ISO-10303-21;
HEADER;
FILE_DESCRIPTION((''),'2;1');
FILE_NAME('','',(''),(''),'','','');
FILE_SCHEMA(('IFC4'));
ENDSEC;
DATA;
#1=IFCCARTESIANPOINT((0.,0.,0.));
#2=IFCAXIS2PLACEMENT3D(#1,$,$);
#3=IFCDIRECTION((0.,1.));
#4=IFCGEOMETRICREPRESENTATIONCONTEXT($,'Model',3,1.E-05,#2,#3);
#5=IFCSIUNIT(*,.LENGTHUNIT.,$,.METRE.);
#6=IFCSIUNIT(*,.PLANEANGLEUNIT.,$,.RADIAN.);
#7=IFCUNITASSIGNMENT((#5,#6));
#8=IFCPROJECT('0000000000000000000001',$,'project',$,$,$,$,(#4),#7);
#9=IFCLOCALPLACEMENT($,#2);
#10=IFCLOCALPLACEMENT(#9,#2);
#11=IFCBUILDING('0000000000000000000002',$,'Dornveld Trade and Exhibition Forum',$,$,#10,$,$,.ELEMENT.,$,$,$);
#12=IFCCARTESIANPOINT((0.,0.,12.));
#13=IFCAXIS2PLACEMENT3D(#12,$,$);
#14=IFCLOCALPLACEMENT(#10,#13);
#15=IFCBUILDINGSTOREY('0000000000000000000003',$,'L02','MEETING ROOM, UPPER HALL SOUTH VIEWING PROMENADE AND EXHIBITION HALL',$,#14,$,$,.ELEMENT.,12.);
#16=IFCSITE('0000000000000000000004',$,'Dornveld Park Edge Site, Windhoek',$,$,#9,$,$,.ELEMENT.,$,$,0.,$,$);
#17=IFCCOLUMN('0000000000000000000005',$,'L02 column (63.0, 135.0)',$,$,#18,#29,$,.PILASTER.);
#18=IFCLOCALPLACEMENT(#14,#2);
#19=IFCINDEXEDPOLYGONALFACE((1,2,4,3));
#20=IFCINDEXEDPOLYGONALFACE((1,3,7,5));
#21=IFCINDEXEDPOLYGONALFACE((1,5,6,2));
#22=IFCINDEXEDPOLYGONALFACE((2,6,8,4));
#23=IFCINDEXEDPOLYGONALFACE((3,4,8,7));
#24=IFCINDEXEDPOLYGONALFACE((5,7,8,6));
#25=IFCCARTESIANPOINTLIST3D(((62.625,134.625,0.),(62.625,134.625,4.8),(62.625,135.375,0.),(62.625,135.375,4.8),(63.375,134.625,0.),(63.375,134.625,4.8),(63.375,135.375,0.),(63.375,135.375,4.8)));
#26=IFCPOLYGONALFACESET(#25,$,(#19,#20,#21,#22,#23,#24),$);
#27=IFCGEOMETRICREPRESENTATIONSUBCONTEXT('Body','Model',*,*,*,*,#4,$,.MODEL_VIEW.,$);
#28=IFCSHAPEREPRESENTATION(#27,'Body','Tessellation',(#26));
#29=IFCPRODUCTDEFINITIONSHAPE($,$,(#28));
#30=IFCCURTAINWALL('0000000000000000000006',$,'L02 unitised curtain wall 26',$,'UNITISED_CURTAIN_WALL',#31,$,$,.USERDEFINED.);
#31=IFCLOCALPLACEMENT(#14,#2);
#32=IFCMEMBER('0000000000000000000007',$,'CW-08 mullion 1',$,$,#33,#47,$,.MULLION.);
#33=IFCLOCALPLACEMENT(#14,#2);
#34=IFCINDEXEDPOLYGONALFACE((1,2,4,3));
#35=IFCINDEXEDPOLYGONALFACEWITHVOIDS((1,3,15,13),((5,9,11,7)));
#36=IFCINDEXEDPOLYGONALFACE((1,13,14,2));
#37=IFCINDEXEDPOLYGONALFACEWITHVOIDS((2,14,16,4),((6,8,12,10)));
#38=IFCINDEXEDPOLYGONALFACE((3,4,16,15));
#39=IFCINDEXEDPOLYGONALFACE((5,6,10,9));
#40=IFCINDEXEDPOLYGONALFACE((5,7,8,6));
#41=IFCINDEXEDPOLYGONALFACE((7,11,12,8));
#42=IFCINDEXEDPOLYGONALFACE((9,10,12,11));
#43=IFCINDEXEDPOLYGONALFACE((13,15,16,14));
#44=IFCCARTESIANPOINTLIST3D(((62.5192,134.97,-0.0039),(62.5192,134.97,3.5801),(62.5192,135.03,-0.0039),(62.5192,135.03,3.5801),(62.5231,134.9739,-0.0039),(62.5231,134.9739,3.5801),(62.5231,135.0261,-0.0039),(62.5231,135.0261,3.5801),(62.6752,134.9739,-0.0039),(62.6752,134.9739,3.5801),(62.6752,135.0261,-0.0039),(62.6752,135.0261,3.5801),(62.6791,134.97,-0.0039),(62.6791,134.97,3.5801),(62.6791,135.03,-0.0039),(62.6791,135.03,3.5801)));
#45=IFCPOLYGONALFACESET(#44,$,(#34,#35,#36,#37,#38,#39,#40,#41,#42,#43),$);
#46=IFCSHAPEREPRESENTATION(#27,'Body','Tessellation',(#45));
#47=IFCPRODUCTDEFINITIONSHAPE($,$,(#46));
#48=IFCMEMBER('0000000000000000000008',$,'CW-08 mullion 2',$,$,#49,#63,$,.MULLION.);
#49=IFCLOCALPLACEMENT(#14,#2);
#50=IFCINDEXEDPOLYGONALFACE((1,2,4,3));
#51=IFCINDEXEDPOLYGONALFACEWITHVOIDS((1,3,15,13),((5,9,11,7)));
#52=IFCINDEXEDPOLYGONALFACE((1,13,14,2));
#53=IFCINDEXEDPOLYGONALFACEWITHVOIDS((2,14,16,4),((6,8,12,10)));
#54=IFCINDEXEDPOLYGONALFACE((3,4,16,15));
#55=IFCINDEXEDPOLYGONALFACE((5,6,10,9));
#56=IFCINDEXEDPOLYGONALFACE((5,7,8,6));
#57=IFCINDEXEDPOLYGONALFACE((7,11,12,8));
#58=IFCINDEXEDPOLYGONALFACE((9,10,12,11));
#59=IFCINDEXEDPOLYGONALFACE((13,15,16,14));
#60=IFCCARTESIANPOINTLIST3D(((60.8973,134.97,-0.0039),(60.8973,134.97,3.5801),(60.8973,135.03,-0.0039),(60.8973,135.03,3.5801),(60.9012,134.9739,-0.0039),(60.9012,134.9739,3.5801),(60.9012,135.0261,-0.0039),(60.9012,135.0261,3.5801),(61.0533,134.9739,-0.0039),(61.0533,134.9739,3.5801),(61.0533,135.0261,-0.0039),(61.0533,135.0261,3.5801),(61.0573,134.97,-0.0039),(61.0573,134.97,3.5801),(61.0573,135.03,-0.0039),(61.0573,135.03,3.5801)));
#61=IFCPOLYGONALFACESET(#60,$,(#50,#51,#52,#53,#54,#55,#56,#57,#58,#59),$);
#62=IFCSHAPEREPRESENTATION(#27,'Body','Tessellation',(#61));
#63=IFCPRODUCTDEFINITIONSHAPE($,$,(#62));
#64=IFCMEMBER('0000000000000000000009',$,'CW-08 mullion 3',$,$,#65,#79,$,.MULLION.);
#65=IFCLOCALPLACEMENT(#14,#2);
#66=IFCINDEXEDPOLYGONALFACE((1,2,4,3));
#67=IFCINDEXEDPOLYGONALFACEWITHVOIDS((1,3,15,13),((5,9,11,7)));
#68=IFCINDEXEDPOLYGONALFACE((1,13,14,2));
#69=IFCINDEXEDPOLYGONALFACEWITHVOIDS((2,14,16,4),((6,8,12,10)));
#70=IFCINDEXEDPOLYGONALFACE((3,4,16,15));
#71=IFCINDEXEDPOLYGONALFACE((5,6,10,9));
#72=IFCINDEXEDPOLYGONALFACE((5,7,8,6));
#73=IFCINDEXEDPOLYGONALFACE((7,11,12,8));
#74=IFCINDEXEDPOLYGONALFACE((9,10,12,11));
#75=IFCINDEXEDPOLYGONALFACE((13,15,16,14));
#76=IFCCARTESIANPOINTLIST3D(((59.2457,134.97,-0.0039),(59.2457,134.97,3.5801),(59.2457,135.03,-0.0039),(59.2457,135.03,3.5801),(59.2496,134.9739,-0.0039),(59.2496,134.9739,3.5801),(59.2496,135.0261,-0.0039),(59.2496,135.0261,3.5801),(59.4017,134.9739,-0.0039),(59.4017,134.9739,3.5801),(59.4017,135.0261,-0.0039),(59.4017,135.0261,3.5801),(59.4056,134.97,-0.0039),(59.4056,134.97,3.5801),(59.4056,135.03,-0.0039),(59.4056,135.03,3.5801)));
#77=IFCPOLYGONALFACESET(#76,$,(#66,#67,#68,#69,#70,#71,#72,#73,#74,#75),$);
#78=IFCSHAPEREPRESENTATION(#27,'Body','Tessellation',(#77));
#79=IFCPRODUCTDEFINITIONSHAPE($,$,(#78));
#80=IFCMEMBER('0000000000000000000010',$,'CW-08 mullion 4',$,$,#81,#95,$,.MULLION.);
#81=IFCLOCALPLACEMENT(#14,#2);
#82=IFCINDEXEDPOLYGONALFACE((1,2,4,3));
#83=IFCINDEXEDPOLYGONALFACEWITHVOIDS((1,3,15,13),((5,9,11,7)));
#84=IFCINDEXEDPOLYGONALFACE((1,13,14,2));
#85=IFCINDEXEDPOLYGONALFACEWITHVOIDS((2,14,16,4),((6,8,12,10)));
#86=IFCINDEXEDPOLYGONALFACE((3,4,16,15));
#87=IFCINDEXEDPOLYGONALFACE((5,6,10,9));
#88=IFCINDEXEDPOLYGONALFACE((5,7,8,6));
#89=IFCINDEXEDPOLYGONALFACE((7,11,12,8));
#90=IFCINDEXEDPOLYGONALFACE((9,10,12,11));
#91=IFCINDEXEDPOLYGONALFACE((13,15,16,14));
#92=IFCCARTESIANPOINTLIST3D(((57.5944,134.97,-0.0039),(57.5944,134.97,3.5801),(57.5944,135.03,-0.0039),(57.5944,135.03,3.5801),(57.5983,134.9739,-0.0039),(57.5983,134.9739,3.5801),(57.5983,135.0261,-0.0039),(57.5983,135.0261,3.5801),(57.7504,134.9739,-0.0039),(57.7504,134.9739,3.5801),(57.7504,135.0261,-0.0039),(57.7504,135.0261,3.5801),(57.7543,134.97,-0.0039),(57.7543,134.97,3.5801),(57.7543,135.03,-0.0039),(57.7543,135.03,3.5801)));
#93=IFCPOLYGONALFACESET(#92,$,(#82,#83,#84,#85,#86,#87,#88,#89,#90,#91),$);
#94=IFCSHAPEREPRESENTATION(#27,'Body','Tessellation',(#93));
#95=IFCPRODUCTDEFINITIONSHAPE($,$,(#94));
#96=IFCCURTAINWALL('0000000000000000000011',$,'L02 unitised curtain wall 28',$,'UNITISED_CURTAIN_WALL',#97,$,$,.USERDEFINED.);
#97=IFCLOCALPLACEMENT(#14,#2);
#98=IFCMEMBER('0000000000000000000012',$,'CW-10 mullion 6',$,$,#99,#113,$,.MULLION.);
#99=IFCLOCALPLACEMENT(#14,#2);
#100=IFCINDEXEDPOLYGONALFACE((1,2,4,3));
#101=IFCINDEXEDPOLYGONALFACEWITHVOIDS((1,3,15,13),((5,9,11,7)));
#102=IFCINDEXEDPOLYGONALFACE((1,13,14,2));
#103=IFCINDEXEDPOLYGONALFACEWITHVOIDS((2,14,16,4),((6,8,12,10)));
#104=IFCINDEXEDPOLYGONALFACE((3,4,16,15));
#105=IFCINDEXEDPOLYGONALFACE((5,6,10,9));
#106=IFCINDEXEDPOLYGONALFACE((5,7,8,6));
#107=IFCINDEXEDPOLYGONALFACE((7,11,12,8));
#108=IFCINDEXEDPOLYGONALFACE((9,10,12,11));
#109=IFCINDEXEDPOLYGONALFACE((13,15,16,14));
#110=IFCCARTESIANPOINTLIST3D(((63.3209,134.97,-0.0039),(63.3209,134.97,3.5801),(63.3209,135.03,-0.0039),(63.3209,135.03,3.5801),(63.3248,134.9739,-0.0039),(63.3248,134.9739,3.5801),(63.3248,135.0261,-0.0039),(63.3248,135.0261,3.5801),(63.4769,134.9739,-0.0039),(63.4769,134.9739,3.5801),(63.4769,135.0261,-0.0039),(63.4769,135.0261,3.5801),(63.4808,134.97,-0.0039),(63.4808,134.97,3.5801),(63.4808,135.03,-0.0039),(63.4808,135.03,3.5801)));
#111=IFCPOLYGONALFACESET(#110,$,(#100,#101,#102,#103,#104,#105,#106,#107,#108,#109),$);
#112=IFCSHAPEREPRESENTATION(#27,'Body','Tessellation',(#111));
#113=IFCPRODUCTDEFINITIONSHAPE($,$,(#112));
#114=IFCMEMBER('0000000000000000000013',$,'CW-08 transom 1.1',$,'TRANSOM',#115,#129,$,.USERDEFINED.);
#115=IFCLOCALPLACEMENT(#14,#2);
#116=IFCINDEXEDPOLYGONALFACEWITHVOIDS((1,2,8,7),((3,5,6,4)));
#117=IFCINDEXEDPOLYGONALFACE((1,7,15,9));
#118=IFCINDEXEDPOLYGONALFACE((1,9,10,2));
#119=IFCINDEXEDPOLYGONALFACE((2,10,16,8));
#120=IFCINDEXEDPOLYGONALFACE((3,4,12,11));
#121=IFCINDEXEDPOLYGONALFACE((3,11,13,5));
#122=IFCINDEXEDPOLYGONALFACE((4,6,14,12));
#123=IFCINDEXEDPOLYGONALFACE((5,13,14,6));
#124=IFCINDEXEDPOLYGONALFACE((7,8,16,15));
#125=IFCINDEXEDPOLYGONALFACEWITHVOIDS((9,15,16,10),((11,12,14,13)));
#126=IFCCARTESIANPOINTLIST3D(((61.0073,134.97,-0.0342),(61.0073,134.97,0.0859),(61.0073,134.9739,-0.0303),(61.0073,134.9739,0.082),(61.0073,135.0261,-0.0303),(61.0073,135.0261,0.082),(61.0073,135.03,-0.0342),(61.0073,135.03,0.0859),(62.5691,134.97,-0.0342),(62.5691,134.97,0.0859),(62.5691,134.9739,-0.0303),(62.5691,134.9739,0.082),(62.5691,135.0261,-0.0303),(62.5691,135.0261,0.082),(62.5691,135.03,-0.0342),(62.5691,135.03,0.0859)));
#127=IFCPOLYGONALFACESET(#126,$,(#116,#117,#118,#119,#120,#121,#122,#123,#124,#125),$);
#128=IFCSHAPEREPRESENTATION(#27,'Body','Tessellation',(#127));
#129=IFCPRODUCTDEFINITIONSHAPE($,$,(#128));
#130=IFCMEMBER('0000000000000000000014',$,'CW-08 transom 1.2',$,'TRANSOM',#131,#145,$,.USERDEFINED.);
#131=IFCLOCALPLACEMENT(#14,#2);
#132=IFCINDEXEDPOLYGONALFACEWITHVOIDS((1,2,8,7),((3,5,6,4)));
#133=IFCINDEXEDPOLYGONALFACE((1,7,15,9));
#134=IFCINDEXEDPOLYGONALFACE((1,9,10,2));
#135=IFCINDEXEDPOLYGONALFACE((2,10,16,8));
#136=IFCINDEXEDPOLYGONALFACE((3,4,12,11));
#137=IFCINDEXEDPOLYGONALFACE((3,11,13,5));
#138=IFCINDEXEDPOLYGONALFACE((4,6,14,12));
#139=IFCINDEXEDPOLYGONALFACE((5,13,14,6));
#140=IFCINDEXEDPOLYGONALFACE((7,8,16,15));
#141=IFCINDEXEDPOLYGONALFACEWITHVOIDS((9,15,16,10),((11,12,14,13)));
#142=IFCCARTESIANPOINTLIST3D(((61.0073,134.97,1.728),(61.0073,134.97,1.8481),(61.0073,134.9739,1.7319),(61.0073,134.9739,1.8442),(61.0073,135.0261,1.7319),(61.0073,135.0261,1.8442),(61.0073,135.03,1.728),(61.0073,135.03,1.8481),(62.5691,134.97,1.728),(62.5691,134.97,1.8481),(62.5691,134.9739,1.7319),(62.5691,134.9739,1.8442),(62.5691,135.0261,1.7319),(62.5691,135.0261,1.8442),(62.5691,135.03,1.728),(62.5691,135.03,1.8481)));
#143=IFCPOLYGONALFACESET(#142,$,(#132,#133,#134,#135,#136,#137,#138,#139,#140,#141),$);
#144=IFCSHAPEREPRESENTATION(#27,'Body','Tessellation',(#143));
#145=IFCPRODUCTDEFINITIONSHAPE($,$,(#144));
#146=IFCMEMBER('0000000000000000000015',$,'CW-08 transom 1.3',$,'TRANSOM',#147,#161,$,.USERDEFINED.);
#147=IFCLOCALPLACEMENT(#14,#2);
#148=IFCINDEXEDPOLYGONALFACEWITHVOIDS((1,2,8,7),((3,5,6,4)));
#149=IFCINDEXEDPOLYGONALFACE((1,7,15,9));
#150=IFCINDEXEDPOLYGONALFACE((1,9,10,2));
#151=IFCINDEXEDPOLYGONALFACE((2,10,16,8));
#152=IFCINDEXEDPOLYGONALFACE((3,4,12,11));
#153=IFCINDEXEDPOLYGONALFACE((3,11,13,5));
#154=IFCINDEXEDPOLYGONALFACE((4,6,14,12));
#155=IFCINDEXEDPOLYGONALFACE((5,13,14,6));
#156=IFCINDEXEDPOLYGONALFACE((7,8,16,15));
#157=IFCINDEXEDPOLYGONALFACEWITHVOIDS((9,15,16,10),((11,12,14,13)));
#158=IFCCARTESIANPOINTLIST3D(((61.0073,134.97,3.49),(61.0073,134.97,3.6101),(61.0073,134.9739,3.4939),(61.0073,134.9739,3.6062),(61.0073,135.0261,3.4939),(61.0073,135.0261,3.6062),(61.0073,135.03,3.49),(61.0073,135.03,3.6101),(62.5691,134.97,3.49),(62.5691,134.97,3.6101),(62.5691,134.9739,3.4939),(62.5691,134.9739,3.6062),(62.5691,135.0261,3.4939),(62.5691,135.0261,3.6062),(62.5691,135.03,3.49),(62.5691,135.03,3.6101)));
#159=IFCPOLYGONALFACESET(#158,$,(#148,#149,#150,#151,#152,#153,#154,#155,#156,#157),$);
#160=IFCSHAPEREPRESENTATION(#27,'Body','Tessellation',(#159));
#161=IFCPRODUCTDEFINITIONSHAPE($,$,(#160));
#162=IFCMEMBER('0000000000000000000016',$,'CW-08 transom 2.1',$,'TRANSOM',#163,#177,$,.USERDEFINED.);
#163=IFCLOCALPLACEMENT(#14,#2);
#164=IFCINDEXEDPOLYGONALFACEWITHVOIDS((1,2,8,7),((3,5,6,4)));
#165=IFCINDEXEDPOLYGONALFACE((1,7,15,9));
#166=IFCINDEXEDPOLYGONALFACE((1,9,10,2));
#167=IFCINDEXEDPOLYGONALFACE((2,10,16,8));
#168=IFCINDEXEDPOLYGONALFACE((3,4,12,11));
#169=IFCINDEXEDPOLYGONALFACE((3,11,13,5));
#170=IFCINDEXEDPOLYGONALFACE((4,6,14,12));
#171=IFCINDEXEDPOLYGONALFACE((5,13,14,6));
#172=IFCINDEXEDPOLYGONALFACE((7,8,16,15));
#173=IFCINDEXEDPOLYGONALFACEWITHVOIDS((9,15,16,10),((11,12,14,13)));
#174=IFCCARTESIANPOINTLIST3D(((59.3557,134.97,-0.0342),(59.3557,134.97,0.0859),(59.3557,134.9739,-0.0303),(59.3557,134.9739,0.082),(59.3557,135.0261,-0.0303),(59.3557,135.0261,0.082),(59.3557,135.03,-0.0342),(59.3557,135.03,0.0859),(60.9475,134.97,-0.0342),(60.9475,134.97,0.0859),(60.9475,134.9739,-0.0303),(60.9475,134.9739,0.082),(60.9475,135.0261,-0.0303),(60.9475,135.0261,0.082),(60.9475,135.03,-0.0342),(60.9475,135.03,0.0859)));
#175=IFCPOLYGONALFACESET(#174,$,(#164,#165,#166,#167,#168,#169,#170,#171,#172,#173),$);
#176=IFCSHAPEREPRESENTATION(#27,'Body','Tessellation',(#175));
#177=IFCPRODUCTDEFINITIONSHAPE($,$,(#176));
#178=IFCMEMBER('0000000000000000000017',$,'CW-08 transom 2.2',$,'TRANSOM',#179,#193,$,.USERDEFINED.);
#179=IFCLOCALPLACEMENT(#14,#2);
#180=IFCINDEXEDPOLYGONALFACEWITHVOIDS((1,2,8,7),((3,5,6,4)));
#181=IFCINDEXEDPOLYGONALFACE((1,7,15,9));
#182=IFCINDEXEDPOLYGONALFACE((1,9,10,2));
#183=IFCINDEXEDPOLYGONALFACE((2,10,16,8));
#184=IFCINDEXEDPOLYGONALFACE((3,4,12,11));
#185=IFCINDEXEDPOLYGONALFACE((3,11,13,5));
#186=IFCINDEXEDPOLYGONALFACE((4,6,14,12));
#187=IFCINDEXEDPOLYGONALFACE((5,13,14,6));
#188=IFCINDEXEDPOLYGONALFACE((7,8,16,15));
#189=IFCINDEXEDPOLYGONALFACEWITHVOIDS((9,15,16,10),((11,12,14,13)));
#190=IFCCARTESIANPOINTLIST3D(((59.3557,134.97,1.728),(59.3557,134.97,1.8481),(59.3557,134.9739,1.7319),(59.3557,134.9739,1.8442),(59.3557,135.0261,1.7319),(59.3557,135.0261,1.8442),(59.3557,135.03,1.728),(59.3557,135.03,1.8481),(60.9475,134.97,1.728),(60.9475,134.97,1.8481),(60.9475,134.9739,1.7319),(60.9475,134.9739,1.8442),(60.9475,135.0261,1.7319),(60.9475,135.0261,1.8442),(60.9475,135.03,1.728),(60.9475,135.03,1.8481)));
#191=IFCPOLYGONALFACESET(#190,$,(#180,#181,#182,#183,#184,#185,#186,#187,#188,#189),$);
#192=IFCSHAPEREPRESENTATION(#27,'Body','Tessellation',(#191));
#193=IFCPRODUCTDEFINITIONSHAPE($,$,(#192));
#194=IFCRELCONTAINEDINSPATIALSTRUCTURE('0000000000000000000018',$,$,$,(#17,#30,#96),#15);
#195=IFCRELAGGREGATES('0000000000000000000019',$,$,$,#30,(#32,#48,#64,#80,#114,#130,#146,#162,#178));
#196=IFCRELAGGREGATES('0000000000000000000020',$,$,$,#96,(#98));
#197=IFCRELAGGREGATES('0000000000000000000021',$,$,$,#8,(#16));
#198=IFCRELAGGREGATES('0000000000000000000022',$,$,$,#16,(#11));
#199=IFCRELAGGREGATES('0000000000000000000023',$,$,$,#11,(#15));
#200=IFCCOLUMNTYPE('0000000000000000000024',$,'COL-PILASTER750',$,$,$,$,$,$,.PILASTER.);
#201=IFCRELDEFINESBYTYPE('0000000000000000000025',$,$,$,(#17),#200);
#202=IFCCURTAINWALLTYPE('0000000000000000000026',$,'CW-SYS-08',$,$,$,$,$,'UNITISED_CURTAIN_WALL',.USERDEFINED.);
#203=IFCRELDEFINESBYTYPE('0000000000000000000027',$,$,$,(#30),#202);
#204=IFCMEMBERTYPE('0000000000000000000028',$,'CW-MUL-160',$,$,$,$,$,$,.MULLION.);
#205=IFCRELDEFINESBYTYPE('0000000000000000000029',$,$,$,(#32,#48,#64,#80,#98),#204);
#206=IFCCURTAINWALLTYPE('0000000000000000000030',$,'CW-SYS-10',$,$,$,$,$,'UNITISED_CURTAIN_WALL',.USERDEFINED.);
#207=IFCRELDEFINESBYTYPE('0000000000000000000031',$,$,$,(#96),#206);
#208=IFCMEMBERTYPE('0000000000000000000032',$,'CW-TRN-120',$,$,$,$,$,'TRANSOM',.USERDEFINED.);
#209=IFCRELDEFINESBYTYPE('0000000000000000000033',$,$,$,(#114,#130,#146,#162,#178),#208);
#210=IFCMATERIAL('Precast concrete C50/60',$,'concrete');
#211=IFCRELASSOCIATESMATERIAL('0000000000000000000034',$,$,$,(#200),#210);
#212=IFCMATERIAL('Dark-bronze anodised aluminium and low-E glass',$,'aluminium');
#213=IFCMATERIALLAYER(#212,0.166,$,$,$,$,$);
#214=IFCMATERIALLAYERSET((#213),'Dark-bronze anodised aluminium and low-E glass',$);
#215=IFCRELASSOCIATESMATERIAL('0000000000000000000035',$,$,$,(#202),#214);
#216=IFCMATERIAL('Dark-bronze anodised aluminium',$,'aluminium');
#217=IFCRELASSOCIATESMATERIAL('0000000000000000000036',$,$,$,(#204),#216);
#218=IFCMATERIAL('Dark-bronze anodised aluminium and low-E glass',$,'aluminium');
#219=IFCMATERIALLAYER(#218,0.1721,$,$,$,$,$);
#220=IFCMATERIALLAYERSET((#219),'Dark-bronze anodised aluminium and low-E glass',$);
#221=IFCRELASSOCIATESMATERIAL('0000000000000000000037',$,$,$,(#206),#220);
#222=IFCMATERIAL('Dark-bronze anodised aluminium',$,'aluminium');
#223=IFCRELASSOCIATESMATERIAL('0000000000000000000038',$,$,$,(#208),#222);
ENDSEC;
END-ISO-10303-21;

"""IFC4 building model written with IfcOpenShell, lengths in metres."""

from ifc_helpers import new_model, si_unit, direction, frame, origin, origin_2d, place, context, subcontext, project, spatial, rectangle, hollow_rectangle, extrude, material, layer, layer_set, material_profile, profile_set, type_object, element, aggregate, save


model = new_model("IFC4")

# Units and contexts
model_context = context("Model", 3, precision=1e-05, world=origin(), true_north=direction((0.0, 1.0)))
body_context = subcontext(model_context, "Body", "Model", "MODEL_VIEW")
ifc_project = project(units=[si_unit("LENGTHUNIT", "METRE"), si_unit("PLANEANGLEUNIT", "RADIAN")], contexts=[model_context])

# Site, building, storey
site_placement = place(None, origin())
site = spatial("IfcSite", under=ifc_project, at=site_placement, Name="Dornveld Park Edge Site, Windhoek", CompositionType="ELEMENT", RefElevation=0.0)
building_placement = place(site_placement, origin())
building = spatial("IfcBuilding", under=site, at=building_placement, Name="Dornveld Trade and Exhibition Forum", CompositionType="ELEMENT")
storey_placement = place(building_placement, frame((0.0, 0.0, 12.0)))
storey = spatial("IfcBuildingStorey", under=building, at=storey_placement, Name="L02", Description="MEETING ROOM, UPPER HALL SOUTH VIEWING PROMENADE AND EXHIBITION HALL", CompositionType="ELEMENT", Elevation=12.0)

# Column
ifc_material_1 = material(Name="Precast concrete C50/60", Category="concrete")
ifc_material_profile_1 = material_profile(ifc_material_1, rectangle(XDim=0.75, YDim=0.75, at=origin_2d()), Name="PC-COL 750x750")
ifc_profile_set_1 = profile_set([ifc_material_profile_1], Name="Precast concrete C50/60")
column_type = type_object("IfcColumnType", Name="COL-PILASTER750", PredefinedType="PILASTER", material=ifc_profile_set_1)
column_placement = place(storey_placement, frame((63.0, 135.0, 0.0), z_axis=(0.0, 0.0, 1.0), x_axis=(1.0, 0.0, 0.0)))
element("IfcColumn", 1, at=column_placement, inside=storey, type_object=column_type, Name="L02 column (63.0, 135.0)", PredefinedType="PILASTER", context=body_context, shape_type="SweptSolid", body=[
    extrude(rectangle(XDim=0.75, YDim=0.75, at=origin_2d()), origin(), (0.0, 0.0, 1.0), 4.8),
])

# Curtain wall, members
ifc_material_2 = material(Name="Dark-bronze anodised aluminium and low-E glass", Category="aluminium")
ifc_layer_1 = layer(ifc_material_2, 0.166)
ifc_layer_set_1 = layer_set([ifc_layer_1], Name="Dark-bronze anodised aluminium and low-E glass")
curtain_wall_type_1 = type_object("IfcCurtainWallType", Name="CW-SYS-08", ElementType="UNITISED_CURTAIN_WALL", PredefinedType="USERDEFINED", material=ifc_layer_set_1)
curtain_wall_1_placement = place(storey_placement, origin())
curtain_wall_1 = element("IfcCurtainWall", 2, at=curtain_wall_1_placement, inside=storey, type_object=curtain_wall_type_1, Name="L02 unitised curtain wall 26", ObjectType="UNITISED_CURTAIN_WALL", PredefinedType="USERDEFINED")
ifc_material_3 = material(Name="Dark-bronze anodised aluminium", Category="aluminium")
ifc_material_profile_2 = material_profile(ifc_material_3, hollow_rectangle(XDim=0.0601, YDim=0.1599, WallThickness=0.0039, at=origin_2d()), Name="RHS 160x60x4")
ifc_profile_set_2 = profile_set([ifc_material_profile_2], Name="Dark-bronze anodised aluminium")
member_type_1 = type_object("IfcMemberType", Name="CW-MUL-160", PredefinedType="MULLION", material=ifc_profile_set_2)
member_1_placement = place(storey_placement, frame((62.5991, 135.0, -0.0039), z_axis=(0.0, 0.0, 1.0), x_axis=(0.0, -1.0, 0.0)))
member_1 = element("IfcMember", 3, at=member_1_placement, type_object=member_type_1, Name="CW-08 mullion 1", PredefinedType="MULLION", context=body_context, shape_type="SweptSolid", body=[
    extrude(hollow_rectangle(XDim=0.0601, YDim=0.1599, WallThickness=0.0039, at=origin_2d()), origin(), (0.0, 0.0, 1.0), 3.584),
])
member_2_placement = place(storey_placement, frame((60.9773, 135.0, -0.0039), z_axis=(0.0, 0.0, 1.0), x_axis=(0.0, -1.0, 0.0)))
member_2 = element("IfcMember", 4, at=member_2_placement, type_object=member_type_1, Name="CW-08 mullion 2", PredefinedType="MULLION", context=body_context, shape_type="SweptSolid", body=[
    extrude(hollow_rectangle(XDim=0.0601, YDim=0.1599, WallThickness=0.0039, at=origin_2d()), origin(), (0.0, 0.0, 1.0), 3.584),
])
member_3_placement = place(storey_placement, frame((59.3257, 135.0, -0.0039), z_axis=(0.0, 0.0, 1.0), x_axis=(0.0, -1.0, 0.0)))
member_3 = element("IfcMember", 5, at=member_3_placement, type_object=member_type_1, Name="CW-08 mullion 3", PredefinedType="MULLION", context=body_context, shape_type="SweptSolid", body=[
    extrude(hollow_rectangle(XDim=0.0601, YDim=0.1599, WallThickness=0.0039, at=origin_2d()), origin(), (0.0, 0.0, 1.0), 3.584),
])
member_4_placement = place(storey_placement, frame((57.6743, 135.0, -0.0039), z_axis=(0.0, 0.0, 1.0), x_axis=(0.0, -1.0, 0.0)))
member_4 = element("IfcMember", 6, at=member_4_placement, type_object=member_type_1, Name="CW-08 mullion 4", PredefinedType="MULLION", context=body_context, shape_type="SweptSolid", body=[
    extrude(hollow_rectangle(XDim=0.0601, YDim=0.1599, WallThickness=0.0039, at=origin_2d()), origin(), (0.0, 0.0, 1.0), 3.584),
])

# Curtain wall, member
ifc_material_4 = material(Name="Dark-bronze anodised aluminium and low-E glass", Category="aluminium")
ifc_layer_2 = layer(ifc_material_4, 0.1721)
ifc_layer_set_2 = layer_set([ifc_layer_2], Name="Dark-bronze anodised aluminium and low-E glass")
curtain_wall_type_2 = type_object("IfcCurtainWallType", Name="CW-SYS-10", ElementType="UNITISED_CURTAIN_WALL", PredefinedType="USERDEFINED", material=ifc_layer_set_2)
curtain_wall_2_placement = place(storey_placement, origin())
curtain_wall_2 = element("IfcCurtainWall", 7, at=curtain_wall_2_placement, inside=storey, type_object=curtain_wall_type_2, Name="L02 unitised curtain wall 28", ObjectType="UNITISED_CURTAIN_WALL", PredefinedType="USERDEFINED")
member_5_placement = place(storey_placement, frame((63.4009, 135.0, -0.0039), z_axis=(0.0, 0.0, 1.0), x_axis=(0.0, -1.0, 0.0)))
member_5 = element("IfcMember", 8, at=member_5_placement, type_object=member_type_1, Name="CW-10 mullion 6", PredefinedType="MULLION", context=body_context, shape_type="SweptSolid", body=[
    extrude(hollow_rectangle(XDim=0.0601, YDim=0.1599, WallThickness=0.0039, at=origin_2d()), origin(), (0.0, 0.0, 1.0), 3.584),
])

# Members
ifc_material_5 = material(Name="Dark-bronze anodised aluminium", Category="aluminium")
ifc_material_profile_3 = material_profile(ifc_material_5, hollow_rectangle(XDim=0.0601, YDim=0.1201, WallThickness=0.0039, at=origin_2d()), Name="RHS 120x60x4")
ifc_profile_set_3 = profile_set([ifc_material_profile_3], Name="Dark-bronze anodised aluminium")
member_type_2 = type_object("IfcMemberType", Name="CW-TRN-120", ElementType="TRANSOM", PredefinedType="USERDEFINED", material=ifc_profile_set_3)
member_6_placement = place(storey_placement, frame((62.5691, 135.0, 0.0259), z_axis=(-1.0, 0.0, 0.0), x_axis=(0.0, -1.0, 0.0)))
member_6 = element("IfcMember", 9, at=member_6_placement, type_object=member_type_2, Name="CW-08 transom 1.1", ObjectType="TRANSOM", PredefinedType="USERDEFINED", context=body_context, shape_type="SweptSolid", body=[
    extrude(hollow_rectangle(XDim=0.0601, YDim=0.1201, WallThickness=0.0039, at=origin_2d()), origin(), (0.0, 0.0, 1.0), 1.5618),
])
member_7_placement = place(storey_placement, frame((62.5691, 135.0, 1.7881), z_axis=(-1.0, 0.0, 0.0), x_axis=(0.0, -1.0, 0.0)))
member_7 = element("IfcMember", 10, at=member_7_placement, type_object=member_type_2, Name="CW-08 transom 1.2", ObjectType="TRANSOM", PredefinedType="USERDEFINED", context=body_context, shape_type="SweptSolid", body=[
    extrude(hollow_rectangle(XDim=0.0601, YDim=0.1201, WallThickness=0.0039, at=origin_2d()), origin(), (0.0, 0.0, 1.0), 1.5618),
])
member_8_placement = place(storey_placement, frame((62.5691, 135.0, 3.55), z_axis=(-1.0, 0.0, 0.0), x_axis=(0.0, -1.0, 0.0)))
member_8 = element("IfcMember", 11, at=member_8_placement, type_object=member_type_2, Name="CW-08 transom 1.3", ObjectType="TRANSOM", PredefinedType="USERDEFINED", context=body_context, shape_type="SweptSolid", body=[
    extrude(hollow_rectangle(XDim=0.0601, YDim=0.1201, WallThickness=0.0039, at=origin_2d()), origin(), (0.0, 0.0, 1.0), 1.5618),
])
member_9_placement = place(storey_placement, frame((60.9475, 135.0, 0.0259), z_axis=(-1.0, 0.0, 0.0), x_axis=(0.0, -1.0, 0.0)))
member_9 = element("IfcMember", 12, at=member_9_placement, type_object=member_type_2, Name="CW-08 transom 2.1", ObjectType="TRANSOM", PredefinedType="USERDEFINED", context=body_context, shape_type="SweptSolid", body=[
    extrude(hollow_rectangle(XDim=0.0601, YDim=0.1201, WallThickness=0.0039, at=origin_2d()), origin(), (0.0, 0.0, 1.0), 1.5918),
])
member_10_placement = place(storey_placement, frame((60.9475, 135.0, 1.7881), z_axis=(-1.0, 0.0, 0.0), x_axis=(0.0, -1.0, 0.0)))
member_10 = element("IfcMember", 13, at=member_10_placement, type_object=member_type_2, Name="CW-08 transom 2.2", ObjectType="TRANSOM", PredefinedType="USERDEFINED", context=body_context, shape_type="SweptSolid", body=[
    extrude(hollow_rectangle(XDim=0.0601, YDim=0.1201, WallThickness=0.0039, at=origin_2d()), origin(), (0.0, 0.0, 1.0), 1.5918),
])

aggregate(curtain_wall_1, [member_1, member_2, member_3, member_4, member_6, member_7, member_8, member_9, member_10])
aggregate(curtain_wall_2, [member_5])

save(model, "model.ifc")
